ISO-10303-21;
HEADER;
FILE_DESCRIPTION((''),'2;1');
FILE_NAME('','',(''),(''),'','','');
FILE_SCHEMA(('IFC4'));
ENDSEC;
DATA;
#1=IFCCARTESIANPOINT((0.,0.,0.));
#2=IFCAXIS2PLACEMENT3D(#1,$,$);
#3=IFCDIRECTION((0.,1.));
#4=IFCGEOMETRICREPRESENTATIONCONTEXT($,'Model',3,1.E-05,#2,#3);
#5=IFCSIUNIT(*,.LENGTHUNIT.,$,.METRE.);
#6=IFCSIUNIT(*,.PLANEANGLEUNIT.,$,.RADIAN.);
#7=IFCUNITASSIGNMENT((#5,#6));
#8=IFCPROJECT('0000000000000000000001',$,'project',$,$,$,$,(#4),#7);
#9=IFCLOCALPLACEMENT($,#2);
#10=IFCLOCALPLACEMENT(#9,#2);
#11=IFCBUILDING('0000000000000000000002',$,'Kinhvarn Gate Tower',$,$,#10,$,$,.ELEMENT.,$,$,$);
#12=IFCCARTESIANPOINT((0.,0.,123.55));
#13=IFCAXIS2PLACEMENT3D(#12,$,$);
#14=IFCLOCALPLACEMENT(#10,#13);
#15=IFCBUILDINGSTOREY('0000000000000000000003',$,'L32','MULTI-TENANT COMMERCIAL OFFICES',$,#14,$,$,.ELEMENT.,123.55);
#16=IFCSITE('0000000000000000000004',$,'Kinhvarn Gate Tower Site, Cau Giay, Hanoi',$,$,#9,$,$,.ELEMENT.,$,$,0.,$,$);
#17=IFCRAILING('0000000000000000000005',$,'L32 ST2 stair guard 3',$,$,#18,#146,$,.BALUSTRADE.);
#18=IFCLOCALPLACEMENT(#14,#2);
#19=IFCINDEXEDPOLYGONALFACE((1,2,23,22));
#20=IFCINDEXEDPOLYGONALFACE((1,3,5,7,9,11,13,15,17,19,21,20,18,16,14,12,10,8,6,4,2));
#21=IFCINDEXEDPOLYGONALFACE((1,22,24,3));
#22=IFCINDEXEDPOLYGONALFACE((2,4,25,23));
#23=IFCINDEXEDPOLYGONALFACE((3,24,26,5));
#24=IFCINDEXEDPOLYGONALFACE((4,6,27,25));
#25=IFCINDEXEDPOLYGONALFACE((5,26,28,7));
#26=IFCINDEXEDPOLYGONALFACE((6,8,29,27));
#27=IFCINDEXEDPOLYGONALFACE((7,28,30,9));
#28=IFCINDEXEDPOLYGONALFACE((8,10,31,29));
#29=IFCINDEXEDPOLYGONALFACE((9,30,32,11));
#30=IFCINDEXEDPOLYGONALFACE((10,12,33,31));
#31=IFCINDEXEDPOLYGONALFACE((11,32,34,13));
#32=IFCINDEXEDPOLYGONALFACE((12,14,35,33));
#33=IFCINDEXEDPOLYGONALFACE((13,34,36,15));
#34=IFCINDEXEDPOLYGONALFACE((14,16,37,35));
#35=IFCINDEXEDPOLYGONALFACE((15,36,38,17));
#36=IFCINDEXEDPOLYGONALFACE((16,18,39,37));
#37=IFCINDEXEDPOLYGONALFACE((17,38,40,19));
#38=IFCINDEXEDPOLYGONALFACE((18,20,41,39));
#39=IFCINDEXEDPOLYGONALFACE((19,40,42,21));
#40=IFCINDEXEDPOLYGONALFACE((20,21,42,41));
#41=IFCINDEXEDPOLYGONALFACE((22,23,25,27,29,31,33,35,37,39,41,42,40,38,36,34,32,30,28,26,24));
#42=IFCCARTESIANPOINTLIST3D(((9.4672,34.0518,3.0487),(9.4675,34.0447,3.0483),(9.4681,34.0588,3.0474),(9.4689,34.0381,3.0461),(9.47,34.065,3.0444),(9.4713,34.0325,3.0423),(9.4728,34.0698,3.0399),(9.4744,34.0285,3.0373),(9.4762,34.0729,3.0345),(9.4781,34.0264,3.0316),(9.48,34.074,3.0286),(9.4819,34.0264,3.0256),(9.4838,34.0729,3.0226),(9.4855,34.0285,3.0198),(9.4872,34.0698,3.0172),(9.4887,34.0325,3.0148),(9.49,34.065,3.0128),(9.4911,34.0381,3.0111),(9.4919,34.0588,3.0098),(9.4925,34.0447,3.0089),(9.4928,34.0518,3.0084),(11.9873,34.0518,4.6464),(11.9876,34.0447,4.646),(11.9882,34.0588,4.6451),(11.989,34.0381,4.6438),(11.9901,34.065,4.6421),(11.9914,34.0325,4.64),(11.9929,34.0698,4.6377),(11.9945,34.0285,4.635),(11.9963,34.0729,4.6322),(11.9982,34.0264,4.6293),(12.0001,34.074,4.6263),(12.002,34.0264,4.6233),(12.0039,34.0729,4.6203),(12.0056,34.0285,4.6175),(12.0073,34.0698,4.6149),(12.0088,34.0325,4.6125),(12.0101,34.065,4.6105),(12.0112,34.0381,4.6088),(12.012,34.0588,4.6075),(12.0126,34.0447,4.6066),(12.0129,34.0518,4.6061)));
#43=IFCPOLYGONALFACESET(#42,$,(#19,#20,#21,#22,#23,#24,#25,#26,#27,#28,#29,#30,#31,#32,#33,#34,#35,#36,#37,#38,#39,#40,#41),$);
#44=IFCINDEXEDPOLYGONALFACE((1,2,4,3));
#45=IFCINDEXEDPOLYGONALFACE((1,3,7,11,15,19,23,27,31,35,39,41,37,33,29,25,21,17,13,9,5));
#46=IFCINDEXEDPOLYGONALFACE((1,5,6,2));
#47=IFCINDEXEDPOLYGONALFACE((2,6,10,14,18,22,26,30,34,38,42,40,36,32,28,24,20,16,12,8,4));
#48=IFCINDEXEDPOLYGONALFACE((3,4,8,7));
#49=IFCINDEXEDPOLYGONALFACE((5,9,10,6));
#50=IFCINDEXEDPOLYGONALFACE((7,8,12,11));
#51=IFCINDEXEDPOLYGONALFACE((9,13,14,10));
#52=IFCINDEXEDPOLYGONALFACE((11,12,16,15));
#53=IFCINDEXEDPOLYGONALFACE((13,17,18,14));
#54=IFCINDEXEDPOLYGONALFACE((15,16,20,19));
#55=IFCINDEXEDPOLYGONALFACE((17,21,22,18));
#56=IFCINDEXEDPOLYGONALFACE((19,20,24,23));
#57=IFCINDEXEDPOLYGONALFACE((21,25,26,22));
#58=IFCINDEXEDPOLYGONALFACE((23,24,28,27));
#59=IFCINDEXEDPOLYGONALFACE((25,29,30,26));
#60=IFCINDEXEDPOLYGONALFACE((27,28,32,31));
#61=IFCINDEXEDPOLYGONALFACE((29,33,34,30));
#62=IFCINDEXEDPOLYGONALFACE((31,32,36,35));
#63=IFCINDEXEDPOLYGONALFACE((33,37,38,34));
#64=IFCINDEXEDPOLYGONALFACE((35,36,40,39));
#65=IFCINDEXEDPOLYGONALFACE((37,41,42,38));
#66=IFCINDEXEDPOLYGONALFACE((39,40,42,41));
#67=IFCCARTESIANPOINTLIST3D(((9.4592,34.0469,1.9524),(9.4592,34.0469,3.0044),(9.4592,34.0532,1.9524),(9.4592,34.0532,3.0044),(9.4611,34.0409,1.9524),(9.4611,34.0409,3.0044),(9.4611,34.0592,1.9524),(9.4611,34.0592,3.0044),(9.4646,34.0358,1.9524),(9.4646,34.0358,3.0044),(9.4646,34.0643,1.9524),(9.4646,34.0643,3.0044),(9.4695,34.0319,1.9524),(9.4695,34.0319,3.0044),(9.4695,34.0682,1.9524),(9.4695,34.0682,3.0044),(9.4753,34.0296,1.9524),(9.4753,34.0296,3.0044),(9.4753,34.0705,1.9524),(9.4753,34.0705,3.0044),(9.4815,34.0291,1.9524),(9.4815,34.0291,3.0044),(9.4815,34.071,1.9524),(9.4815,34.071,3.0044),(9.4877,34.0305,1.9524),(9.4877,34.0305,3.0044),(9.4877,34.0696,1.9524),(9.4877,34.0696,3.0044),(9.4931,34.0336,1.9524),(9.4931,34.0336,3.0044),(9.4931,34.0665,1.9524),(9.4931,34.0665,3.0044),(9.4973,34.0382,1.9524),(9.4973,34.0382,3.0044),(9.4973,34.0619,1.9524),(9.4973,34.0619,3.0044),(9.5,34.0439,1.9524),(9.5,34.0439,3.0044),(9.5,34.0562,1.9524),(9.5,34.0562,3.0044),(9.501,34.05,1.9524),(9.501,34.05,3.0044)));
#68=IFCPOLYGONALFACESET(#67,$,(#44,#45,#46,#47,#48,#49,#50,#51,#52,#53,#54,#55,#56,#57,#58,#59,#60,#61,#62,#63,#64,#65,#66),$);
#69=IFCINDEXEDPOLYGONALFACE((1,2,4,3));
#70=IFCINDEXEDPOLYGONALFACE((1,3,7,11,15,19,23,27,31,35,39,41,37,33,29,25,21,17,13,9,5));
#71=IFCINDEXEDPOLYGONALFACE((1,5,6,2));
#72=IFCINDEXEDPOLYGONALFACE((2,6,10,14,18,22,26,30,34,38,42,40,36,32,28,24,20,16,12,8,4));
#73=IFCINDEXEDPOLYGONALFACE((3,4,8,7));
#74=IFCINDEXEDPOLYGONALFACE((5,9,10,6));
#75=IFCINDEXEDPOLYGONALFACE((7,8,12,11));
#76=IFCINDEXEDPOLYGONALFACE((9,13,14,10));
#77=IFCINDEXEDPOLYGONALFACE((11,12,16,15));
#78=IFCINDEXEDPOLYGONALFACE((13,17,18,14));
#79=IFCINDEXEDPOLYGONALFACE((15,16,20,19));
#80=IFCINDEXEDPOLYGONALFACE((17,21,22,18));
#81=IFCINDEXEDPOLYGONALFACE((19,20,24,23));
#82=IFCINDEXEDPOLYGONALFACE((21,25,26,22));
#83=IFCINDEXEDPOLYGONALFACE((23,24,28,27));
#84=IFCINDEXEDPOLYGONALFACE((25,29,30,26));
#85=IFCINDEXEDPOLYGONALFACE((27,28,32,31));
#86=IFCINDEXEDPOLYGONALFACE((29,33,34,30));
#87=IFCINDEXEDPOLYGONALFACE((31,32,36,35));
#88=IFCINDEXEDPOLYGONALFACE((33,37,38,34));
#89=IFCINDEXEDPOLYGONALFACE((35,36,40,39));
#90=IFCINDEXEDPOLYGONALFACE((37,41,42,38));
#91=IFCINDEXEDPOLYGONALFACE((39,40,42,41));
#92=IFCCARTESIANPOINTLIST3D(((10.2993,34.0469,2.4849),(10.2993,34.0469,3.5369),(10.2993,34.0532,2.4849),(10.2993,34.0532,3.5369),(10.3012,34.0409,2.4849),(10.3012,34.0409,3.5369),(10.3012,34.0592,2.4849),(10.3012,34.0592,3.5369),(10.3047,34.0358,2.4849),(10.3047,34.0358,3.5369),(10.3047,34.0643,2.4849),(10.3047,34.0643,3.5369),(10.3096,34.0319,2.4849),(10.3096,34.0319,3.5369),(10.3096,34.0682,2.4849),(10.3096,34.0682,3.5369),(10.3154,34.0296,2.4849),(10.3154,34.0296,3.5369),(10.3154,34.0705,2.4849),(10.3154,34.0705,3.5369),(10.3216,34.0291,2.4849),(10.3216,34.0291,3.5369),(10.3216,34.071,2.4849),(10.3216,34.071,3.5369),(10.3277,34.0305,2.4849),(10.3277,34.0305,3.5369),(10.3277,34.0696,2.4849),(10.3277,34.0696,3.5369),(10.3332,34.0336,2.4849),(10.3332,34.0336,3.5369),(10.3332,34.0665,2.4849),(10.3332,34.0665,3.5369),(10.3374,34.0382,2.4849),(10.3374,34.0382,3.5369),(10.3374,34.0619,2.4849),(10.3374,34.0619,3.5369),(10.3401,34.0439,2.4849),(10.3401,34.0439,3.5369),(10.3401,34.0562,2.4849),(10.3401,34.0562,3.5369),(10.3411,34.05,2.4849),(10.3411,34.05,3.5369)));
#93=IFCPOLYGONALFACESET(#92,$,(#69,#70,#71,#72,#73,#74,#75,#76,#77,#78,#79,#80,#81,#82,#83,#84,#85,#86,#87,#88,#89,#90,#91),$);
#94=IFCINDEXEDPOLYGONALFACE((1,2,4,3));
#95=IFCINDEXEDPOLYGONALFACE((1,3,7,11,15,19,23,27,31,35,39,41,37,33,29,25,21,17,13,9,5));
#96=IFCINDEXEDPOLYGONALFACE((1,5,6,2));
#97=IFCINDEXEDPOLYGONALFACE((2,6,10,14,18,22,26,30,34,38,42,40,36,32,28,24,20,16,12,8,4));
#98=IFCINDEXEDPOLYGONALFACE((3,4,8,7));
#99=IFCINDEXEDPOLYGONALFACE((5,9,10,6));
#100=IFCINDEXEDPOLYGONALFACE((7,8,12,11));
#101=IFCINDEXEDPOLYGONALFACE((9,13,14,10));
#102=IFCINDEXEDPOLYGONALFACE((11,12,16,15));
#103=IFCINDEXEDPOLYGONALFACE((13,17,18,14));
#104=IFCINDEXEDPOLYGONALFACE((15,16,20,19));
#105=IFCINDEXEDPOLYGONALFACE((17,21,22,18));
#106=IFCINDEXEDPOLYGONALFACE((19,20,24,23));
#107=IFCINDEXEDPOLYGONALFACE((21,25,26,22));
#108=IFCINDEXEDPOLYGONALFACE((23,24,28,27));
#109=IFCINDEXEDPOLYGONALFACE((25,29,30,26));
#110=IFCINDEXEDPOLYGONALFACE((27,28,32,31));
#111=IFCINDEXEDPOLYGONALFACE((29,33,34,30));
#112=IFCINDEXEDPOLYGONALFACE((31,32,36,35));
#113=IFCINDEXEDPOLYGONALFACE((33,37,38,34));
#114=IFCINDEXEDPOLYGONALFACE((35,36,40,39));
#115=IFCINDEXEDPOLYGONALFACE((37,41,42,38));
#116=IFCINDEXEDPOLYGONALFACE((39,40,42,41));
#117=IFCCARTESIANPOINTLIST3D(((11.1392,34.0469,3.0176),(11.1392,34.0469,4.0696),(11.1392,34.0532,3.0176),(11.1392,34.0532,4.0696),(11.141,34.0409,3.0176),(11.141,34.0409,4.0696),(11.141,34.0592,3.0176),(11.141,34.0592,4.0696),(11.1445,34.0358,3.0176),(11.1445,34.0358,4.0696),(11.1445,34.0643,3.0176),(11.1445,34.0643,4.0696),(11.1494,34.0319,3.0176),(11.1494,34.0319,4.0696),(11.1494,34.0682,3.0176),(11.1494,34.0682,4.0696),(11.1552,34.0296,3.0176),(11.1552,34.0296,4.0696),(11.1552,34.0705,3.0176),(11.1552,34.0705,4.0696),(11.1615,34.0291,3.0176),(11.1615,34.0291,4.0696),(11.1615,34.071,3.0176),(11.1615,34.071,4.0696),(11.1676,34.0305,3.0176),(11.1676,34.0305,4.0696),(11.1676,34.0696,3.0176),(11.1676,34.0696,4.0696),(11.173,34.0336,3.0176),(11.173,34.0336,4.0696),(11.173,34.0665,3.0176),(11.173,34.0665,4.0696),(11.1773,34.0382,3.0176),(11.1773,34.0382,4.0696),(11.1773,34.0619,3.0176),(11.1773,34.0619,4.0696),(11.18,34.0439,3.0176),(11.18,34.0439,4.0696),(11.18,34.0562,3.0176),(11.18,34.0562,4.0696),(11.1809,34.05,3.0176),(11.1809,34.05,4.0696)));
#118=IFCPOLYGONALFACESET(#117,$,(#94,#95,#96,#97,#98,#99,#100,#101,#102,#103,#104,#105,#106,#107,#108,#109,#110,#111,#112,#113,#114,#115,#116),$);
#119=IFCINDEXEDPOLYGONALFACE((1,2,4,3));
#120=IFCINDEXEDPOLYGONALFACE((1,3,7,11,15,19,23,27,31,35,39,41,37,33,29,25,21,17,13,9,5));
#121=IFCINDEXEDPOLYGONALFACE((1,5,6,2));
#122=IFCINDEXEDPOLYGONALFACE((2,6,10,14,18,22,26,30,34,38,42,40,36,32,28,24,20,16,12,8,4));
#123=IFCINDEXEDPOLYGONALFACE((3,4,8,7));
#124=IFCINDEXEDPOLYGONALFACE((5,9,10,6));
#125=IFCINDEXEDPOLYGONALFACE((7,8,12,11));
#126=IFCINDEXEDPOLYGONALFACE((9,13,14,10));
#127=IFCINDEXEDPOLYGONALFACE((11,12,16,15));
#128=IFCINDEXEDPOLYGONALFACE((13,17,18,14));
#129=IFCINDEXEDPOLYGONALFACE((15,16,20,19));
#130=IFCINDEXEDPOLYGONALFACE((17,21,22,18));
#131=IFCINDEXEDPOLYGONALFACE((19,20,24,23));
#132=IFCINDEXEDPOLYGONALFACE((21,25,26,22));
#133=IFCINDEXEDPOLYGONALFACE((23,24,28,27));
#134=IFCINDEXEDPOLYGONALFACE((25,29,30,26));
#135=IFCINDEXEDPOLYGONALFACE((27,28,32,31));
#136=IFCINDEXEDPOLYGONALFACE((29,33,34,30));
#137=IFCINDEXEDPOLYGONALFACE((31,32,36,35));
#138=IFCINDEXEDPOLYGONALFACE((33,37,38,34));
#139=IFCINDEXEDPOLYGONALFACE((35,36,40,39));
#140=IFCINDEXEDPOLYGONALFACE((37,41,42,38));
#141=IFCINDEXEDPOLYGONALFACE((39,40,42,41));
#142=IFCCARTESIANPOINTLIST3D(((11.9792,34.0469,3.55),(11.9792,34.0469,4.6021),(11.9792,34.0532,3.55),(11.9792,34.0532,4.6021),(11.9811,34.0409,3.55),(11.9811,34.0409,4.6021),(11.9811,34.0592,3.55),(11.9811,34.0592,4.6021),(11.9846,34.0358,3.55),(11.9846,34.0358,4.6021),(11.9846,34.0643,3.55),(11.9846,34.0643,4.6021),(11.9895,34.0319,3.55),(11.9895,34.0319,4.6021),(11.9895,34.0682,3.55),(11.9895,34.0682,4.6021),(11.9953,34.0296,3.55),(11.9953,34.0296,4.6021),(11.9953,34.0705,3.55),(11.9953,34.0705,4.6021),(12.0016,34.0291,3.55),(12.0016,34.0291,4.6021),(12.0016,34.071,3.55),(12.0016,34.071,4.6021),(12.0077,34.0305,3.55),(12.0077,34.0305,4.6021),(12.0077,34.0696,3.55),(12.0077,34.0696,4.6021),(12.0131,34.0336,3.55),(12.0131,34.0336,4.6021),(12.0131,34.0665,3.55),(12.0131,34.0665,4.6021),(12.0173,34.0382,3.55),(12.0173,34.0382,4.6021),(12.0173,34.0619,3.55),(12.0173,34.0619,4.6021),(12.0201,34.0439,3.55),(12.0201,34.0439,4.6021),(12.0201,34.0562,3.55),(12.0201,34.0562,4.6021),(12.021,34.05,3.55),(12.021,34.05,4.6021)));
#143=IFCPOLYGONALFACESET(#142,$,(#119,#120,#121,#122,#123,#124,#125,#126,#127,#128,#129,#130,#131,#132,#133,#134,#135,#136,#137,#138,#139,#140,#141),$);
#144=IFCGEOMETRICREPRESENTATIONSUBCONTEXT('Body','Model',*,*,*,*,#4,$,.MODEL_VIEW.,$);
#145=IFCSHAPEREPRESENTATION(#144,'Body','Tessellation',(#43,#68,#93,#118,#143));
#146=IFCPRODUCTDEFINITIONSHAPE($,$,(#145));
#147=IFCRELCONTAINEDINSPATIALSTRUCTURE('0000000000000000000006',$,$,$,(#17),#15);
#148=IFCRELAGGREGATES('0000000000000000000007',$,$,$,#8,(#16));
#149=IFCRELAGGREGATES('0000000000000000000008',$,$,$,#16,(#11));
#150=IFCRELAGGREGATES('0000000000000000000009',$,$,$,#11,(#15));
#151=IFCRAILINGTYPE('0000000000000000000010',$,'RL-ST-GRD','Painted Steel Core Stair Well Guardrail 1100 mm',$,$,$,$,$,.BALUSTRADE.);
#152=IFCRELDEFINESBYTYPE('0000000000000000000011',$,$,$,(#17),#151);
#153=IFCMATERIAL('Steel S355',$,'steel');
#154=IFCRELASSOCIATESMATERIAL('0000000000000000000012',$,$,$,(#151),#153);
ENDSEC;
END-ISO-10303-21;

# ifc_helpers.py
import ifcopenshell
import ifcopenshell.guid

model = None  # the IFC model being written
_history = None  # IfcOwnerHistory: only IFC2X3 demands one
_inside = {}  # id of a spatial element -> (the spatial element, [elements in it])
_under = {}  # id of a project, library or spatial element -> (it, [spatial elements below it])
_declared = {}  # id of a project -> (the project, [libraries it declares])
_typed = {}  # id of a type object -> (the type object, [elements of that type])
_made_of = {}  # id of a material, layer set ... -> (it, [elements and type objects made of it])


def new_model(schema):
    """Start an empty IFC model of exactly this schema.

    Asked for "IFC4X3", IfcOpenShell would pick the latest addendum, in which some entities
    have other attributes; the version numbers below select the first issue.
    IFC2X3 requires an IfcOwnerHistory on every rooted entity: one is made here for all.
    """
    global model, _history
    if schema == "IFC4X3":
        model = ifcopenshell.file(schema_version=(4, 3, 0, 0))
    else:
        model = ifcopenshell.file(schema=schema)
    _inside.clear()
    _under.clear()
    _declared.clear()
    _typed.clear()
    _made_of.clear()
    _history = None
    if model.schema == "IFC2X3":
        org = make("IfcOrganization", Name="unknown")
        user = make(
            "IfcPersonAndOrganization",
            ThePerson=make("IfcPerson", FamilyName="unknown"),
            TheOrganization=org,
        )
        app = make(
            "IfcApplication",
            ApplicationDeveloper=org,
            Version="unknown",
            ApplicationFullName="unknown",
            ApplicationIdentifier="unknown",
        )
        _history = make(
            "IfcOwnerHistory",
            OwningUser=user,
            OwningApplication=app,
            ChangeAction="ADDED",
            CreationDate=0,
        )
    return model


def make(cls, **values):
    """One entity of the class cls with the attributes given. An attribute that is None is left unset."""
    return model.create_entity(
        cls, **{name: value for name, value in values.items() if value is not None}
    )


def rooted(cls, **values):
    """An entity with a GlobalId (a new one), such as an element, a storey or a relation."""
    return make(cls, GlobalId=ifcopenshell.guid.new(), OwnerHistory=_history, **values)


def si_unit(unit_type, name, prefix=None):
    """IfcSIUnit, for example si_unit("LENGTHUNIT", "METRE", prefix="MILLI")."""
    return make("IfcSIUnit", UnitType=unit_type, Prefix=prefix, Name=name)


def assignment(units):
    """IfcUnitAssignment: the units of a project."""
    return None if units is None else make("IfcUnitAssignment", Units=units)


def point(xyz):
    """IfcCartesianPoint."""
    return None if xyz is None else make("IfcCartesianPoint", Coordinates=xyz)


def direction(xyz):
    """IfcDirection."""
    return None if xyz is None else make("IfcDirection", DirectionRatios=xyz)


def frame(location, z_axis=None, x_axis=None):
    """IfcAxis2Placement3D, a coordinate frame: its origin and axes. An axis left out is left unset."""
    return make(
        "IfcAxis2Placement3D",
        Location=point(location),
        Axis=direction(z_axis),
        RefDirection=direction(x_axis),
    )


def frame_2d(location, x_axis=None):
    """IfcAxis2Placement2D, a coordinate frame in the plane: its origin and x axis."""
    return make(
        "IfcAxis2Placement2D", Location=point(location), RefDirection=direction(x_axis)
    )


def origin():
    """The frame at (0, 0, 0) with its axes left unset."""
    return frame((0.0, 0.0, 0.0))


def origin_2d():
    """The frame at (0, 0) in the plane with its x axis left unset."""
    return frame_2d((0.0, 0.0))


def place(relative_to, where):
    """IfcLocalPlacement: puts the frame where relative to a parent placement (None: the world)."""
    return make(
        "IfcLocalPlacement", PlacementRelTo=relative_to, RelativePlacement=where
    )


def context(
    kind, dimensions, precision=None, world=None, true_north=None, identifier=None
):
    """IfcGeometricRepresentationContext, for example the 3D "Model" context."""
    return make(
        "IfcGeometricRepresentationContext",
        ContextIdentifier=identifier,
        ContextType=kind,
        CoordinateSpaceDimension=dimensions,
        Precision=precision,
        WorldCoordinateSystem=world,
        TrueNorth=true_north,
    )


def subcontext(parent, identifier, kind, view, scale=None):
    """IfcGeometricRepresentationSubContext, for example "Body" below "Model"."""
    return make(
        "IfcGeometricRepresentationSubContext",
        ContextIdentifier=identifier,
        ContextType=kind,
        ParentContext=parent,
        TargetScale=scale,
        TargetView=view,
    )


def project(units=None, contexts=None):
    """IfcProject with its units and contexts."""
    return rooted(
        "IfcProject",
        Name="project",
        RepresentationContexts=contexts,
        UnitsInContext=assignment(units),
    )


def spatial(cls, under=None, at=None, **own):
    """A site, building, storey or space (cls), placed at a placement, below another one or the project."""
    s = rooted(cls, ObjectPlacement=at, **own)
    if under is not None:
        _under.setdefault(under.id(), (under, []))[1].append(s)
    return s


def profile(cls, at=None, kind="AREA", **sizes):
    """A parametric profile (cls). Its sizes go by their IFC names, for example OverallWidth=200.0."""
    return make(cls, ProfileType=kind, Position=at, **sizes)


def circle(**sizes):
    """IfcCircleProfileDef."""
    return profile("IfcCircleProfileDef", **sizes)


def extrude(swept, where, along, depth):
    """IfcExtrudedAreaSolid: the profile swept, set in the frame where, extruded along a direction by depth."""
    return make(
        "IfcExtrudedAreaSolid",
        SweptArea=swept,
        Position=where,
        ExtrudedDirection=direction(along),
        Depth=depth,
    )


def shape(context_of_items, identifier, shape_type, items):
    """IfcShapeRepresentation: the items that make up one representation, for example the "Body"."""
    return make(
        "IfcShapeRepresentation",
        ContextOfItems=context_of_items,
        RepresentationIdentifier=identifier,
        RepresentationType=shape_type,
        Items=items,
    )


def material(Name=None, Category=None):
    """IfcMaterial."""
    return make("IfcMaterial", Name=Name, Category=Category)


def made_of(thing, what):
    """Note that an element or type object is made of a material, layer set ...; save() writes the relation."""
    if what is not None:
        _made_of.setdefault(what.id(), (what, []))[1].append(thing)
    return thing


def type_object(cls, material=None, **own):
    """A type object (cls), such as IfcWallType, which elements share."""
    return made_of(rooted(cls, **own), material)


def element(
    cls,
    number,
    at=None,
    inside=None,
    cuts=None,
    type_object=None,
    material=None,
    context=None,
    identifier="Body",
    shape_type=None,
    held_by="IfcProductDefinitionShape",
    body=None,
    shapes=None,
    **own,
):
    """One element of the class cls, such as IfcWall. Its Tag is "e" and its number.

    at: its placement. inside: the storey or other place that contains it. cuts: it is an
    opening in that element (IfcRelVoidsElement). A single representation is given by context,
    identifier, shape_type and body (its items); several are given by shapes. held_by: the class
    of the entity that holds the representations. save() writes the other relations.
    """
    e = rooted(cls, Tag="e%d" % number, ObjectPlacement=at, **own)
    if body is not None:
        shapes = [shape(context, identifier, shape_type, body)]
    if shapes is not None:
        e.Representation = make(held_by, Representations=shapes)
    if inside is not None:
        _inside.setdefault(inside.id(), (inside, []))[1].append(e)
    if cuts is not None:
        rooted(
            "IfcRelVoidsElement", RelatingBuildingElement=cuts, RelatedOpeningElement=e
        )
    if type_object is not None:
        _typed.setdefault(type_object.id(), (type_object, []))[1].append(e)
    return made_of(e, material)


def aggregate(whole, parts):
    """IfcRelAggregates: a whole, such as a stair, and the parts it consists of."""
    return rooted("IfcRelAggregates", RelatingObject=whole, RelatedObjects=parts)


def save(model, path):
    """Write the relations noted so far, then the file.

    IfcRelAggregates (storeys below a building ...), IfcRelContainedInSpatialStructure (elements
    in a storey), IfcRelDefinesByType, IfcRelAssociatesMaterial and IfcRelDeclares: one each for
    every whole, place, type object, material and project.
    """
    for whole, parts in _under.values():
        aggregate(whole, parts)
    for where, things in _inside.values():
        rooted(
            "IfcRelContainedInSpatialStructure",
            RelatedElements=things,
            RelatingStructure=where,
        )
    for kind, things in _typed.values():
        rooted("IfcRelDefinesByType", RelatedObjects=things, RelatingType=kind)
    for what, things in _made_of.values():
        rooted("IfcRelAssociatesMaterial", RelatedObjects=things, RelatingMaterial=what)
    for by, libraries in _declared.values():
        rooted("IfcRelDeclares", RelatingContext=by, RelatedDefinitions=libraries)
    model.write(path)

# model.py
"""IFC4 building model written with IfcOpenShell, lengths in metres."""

from ifc_helpers import new_model, si_unit, direction, frame, origin, origin_2d, place, context, subcontext, project, spatial, circle, extrude, material, type_object, element, save


model = new_model("IFC4")

# Units and contexts
model_context = context("Model", 3, precision=1e-05, world=origin(), true_north=direction((0.0, 1.0)))
body_context = subcontext(model_context, "Body", "Model", "MODEL_VIEW")
ifc_project = project(units=[si_unit("LENGTHUNIT", "METRE"), si_unit("PLANEANGLEUNIT", "RADIAN")], contexts=[model_context])

# Site, building, storey
site_placement = place(None, origin())
site = spatial("IfcSite", under=ifc_project, at=site_placement, Name="Kinhvarn Gate Tower Site, Cau Giay, Hanoi", CompositionType="ELEMENT", RefElevation=0.0)
building_placement = place(site_placement, origin())
building = spatial("IfcBuilding", under=site, at=building_placement, Name="Kinhvarn Gate Tower", CompositionType="ELEMENT")
storey_placement = place(building_placement, frame((0.0, 0.0, 123.55)))
storey = spatial("IfcBuildingStorey", under=building, at=storey_placement, Name="L32", Description="MULTI-TENANT COMMERCIAL OFFICES", CompositionType="ELEMENT", Elevation=123.55)

# Shared definitions
ifc_material_1 = material(Name="Steel S355", Category="steel")

# Railing
railing_type_1 = type_object("IfcRailingType", Name="RL-ST-GRD", Description="Painted Steel Core Stair Well Guardrail 1100 mm", PredefinedType="BALUSTRADE", material=ifc_material_1)
railing_1_placement = place(storey_placement, frame((9.48, 34.05, 1.9524)))
element("IfcRailing", 1, at=railing_1_placement, inside=storey, type_object=railing_type_1, Name="L32 ST2 stair guard 3", PredefinedType="BALUSTRADE", context=body_context, shape_type="SweptSolid", body=[
    extrude(circle(Radius=0.0239, at=origin_2d()), frame((0.0, 0.0, 1.0762), z_axis=(0.84457, 0.0, 0.535445), x_axis=(0.0, 1.0, 0.0)), (0.0, 0.0, 1.0), 2.9839),
    extrude(circle(Radius=0.021, at=origin_2d()), origin(), (0.0, 0.0, 1.0), 1.052),
    extrude(circle(Radius=0.021, at=origin_2d()), frame((0.8401, 0.0, 0.5325)), (0.0, 0.0, 1.0), 1.052),
    extrude(circle(Radius=0.021, at=origin_2d()), frame((1.6799, 0.0, 1.0652)), (0.0, 0.0, 1.0), 1.052),
    extrude(circle(Radius=0.021, at=origin_2d()), frame((2.52, 0.0, 1.5977)), (0.0, 0.0, 1.0), 1.052),
])

save(model, "model.ifc")
